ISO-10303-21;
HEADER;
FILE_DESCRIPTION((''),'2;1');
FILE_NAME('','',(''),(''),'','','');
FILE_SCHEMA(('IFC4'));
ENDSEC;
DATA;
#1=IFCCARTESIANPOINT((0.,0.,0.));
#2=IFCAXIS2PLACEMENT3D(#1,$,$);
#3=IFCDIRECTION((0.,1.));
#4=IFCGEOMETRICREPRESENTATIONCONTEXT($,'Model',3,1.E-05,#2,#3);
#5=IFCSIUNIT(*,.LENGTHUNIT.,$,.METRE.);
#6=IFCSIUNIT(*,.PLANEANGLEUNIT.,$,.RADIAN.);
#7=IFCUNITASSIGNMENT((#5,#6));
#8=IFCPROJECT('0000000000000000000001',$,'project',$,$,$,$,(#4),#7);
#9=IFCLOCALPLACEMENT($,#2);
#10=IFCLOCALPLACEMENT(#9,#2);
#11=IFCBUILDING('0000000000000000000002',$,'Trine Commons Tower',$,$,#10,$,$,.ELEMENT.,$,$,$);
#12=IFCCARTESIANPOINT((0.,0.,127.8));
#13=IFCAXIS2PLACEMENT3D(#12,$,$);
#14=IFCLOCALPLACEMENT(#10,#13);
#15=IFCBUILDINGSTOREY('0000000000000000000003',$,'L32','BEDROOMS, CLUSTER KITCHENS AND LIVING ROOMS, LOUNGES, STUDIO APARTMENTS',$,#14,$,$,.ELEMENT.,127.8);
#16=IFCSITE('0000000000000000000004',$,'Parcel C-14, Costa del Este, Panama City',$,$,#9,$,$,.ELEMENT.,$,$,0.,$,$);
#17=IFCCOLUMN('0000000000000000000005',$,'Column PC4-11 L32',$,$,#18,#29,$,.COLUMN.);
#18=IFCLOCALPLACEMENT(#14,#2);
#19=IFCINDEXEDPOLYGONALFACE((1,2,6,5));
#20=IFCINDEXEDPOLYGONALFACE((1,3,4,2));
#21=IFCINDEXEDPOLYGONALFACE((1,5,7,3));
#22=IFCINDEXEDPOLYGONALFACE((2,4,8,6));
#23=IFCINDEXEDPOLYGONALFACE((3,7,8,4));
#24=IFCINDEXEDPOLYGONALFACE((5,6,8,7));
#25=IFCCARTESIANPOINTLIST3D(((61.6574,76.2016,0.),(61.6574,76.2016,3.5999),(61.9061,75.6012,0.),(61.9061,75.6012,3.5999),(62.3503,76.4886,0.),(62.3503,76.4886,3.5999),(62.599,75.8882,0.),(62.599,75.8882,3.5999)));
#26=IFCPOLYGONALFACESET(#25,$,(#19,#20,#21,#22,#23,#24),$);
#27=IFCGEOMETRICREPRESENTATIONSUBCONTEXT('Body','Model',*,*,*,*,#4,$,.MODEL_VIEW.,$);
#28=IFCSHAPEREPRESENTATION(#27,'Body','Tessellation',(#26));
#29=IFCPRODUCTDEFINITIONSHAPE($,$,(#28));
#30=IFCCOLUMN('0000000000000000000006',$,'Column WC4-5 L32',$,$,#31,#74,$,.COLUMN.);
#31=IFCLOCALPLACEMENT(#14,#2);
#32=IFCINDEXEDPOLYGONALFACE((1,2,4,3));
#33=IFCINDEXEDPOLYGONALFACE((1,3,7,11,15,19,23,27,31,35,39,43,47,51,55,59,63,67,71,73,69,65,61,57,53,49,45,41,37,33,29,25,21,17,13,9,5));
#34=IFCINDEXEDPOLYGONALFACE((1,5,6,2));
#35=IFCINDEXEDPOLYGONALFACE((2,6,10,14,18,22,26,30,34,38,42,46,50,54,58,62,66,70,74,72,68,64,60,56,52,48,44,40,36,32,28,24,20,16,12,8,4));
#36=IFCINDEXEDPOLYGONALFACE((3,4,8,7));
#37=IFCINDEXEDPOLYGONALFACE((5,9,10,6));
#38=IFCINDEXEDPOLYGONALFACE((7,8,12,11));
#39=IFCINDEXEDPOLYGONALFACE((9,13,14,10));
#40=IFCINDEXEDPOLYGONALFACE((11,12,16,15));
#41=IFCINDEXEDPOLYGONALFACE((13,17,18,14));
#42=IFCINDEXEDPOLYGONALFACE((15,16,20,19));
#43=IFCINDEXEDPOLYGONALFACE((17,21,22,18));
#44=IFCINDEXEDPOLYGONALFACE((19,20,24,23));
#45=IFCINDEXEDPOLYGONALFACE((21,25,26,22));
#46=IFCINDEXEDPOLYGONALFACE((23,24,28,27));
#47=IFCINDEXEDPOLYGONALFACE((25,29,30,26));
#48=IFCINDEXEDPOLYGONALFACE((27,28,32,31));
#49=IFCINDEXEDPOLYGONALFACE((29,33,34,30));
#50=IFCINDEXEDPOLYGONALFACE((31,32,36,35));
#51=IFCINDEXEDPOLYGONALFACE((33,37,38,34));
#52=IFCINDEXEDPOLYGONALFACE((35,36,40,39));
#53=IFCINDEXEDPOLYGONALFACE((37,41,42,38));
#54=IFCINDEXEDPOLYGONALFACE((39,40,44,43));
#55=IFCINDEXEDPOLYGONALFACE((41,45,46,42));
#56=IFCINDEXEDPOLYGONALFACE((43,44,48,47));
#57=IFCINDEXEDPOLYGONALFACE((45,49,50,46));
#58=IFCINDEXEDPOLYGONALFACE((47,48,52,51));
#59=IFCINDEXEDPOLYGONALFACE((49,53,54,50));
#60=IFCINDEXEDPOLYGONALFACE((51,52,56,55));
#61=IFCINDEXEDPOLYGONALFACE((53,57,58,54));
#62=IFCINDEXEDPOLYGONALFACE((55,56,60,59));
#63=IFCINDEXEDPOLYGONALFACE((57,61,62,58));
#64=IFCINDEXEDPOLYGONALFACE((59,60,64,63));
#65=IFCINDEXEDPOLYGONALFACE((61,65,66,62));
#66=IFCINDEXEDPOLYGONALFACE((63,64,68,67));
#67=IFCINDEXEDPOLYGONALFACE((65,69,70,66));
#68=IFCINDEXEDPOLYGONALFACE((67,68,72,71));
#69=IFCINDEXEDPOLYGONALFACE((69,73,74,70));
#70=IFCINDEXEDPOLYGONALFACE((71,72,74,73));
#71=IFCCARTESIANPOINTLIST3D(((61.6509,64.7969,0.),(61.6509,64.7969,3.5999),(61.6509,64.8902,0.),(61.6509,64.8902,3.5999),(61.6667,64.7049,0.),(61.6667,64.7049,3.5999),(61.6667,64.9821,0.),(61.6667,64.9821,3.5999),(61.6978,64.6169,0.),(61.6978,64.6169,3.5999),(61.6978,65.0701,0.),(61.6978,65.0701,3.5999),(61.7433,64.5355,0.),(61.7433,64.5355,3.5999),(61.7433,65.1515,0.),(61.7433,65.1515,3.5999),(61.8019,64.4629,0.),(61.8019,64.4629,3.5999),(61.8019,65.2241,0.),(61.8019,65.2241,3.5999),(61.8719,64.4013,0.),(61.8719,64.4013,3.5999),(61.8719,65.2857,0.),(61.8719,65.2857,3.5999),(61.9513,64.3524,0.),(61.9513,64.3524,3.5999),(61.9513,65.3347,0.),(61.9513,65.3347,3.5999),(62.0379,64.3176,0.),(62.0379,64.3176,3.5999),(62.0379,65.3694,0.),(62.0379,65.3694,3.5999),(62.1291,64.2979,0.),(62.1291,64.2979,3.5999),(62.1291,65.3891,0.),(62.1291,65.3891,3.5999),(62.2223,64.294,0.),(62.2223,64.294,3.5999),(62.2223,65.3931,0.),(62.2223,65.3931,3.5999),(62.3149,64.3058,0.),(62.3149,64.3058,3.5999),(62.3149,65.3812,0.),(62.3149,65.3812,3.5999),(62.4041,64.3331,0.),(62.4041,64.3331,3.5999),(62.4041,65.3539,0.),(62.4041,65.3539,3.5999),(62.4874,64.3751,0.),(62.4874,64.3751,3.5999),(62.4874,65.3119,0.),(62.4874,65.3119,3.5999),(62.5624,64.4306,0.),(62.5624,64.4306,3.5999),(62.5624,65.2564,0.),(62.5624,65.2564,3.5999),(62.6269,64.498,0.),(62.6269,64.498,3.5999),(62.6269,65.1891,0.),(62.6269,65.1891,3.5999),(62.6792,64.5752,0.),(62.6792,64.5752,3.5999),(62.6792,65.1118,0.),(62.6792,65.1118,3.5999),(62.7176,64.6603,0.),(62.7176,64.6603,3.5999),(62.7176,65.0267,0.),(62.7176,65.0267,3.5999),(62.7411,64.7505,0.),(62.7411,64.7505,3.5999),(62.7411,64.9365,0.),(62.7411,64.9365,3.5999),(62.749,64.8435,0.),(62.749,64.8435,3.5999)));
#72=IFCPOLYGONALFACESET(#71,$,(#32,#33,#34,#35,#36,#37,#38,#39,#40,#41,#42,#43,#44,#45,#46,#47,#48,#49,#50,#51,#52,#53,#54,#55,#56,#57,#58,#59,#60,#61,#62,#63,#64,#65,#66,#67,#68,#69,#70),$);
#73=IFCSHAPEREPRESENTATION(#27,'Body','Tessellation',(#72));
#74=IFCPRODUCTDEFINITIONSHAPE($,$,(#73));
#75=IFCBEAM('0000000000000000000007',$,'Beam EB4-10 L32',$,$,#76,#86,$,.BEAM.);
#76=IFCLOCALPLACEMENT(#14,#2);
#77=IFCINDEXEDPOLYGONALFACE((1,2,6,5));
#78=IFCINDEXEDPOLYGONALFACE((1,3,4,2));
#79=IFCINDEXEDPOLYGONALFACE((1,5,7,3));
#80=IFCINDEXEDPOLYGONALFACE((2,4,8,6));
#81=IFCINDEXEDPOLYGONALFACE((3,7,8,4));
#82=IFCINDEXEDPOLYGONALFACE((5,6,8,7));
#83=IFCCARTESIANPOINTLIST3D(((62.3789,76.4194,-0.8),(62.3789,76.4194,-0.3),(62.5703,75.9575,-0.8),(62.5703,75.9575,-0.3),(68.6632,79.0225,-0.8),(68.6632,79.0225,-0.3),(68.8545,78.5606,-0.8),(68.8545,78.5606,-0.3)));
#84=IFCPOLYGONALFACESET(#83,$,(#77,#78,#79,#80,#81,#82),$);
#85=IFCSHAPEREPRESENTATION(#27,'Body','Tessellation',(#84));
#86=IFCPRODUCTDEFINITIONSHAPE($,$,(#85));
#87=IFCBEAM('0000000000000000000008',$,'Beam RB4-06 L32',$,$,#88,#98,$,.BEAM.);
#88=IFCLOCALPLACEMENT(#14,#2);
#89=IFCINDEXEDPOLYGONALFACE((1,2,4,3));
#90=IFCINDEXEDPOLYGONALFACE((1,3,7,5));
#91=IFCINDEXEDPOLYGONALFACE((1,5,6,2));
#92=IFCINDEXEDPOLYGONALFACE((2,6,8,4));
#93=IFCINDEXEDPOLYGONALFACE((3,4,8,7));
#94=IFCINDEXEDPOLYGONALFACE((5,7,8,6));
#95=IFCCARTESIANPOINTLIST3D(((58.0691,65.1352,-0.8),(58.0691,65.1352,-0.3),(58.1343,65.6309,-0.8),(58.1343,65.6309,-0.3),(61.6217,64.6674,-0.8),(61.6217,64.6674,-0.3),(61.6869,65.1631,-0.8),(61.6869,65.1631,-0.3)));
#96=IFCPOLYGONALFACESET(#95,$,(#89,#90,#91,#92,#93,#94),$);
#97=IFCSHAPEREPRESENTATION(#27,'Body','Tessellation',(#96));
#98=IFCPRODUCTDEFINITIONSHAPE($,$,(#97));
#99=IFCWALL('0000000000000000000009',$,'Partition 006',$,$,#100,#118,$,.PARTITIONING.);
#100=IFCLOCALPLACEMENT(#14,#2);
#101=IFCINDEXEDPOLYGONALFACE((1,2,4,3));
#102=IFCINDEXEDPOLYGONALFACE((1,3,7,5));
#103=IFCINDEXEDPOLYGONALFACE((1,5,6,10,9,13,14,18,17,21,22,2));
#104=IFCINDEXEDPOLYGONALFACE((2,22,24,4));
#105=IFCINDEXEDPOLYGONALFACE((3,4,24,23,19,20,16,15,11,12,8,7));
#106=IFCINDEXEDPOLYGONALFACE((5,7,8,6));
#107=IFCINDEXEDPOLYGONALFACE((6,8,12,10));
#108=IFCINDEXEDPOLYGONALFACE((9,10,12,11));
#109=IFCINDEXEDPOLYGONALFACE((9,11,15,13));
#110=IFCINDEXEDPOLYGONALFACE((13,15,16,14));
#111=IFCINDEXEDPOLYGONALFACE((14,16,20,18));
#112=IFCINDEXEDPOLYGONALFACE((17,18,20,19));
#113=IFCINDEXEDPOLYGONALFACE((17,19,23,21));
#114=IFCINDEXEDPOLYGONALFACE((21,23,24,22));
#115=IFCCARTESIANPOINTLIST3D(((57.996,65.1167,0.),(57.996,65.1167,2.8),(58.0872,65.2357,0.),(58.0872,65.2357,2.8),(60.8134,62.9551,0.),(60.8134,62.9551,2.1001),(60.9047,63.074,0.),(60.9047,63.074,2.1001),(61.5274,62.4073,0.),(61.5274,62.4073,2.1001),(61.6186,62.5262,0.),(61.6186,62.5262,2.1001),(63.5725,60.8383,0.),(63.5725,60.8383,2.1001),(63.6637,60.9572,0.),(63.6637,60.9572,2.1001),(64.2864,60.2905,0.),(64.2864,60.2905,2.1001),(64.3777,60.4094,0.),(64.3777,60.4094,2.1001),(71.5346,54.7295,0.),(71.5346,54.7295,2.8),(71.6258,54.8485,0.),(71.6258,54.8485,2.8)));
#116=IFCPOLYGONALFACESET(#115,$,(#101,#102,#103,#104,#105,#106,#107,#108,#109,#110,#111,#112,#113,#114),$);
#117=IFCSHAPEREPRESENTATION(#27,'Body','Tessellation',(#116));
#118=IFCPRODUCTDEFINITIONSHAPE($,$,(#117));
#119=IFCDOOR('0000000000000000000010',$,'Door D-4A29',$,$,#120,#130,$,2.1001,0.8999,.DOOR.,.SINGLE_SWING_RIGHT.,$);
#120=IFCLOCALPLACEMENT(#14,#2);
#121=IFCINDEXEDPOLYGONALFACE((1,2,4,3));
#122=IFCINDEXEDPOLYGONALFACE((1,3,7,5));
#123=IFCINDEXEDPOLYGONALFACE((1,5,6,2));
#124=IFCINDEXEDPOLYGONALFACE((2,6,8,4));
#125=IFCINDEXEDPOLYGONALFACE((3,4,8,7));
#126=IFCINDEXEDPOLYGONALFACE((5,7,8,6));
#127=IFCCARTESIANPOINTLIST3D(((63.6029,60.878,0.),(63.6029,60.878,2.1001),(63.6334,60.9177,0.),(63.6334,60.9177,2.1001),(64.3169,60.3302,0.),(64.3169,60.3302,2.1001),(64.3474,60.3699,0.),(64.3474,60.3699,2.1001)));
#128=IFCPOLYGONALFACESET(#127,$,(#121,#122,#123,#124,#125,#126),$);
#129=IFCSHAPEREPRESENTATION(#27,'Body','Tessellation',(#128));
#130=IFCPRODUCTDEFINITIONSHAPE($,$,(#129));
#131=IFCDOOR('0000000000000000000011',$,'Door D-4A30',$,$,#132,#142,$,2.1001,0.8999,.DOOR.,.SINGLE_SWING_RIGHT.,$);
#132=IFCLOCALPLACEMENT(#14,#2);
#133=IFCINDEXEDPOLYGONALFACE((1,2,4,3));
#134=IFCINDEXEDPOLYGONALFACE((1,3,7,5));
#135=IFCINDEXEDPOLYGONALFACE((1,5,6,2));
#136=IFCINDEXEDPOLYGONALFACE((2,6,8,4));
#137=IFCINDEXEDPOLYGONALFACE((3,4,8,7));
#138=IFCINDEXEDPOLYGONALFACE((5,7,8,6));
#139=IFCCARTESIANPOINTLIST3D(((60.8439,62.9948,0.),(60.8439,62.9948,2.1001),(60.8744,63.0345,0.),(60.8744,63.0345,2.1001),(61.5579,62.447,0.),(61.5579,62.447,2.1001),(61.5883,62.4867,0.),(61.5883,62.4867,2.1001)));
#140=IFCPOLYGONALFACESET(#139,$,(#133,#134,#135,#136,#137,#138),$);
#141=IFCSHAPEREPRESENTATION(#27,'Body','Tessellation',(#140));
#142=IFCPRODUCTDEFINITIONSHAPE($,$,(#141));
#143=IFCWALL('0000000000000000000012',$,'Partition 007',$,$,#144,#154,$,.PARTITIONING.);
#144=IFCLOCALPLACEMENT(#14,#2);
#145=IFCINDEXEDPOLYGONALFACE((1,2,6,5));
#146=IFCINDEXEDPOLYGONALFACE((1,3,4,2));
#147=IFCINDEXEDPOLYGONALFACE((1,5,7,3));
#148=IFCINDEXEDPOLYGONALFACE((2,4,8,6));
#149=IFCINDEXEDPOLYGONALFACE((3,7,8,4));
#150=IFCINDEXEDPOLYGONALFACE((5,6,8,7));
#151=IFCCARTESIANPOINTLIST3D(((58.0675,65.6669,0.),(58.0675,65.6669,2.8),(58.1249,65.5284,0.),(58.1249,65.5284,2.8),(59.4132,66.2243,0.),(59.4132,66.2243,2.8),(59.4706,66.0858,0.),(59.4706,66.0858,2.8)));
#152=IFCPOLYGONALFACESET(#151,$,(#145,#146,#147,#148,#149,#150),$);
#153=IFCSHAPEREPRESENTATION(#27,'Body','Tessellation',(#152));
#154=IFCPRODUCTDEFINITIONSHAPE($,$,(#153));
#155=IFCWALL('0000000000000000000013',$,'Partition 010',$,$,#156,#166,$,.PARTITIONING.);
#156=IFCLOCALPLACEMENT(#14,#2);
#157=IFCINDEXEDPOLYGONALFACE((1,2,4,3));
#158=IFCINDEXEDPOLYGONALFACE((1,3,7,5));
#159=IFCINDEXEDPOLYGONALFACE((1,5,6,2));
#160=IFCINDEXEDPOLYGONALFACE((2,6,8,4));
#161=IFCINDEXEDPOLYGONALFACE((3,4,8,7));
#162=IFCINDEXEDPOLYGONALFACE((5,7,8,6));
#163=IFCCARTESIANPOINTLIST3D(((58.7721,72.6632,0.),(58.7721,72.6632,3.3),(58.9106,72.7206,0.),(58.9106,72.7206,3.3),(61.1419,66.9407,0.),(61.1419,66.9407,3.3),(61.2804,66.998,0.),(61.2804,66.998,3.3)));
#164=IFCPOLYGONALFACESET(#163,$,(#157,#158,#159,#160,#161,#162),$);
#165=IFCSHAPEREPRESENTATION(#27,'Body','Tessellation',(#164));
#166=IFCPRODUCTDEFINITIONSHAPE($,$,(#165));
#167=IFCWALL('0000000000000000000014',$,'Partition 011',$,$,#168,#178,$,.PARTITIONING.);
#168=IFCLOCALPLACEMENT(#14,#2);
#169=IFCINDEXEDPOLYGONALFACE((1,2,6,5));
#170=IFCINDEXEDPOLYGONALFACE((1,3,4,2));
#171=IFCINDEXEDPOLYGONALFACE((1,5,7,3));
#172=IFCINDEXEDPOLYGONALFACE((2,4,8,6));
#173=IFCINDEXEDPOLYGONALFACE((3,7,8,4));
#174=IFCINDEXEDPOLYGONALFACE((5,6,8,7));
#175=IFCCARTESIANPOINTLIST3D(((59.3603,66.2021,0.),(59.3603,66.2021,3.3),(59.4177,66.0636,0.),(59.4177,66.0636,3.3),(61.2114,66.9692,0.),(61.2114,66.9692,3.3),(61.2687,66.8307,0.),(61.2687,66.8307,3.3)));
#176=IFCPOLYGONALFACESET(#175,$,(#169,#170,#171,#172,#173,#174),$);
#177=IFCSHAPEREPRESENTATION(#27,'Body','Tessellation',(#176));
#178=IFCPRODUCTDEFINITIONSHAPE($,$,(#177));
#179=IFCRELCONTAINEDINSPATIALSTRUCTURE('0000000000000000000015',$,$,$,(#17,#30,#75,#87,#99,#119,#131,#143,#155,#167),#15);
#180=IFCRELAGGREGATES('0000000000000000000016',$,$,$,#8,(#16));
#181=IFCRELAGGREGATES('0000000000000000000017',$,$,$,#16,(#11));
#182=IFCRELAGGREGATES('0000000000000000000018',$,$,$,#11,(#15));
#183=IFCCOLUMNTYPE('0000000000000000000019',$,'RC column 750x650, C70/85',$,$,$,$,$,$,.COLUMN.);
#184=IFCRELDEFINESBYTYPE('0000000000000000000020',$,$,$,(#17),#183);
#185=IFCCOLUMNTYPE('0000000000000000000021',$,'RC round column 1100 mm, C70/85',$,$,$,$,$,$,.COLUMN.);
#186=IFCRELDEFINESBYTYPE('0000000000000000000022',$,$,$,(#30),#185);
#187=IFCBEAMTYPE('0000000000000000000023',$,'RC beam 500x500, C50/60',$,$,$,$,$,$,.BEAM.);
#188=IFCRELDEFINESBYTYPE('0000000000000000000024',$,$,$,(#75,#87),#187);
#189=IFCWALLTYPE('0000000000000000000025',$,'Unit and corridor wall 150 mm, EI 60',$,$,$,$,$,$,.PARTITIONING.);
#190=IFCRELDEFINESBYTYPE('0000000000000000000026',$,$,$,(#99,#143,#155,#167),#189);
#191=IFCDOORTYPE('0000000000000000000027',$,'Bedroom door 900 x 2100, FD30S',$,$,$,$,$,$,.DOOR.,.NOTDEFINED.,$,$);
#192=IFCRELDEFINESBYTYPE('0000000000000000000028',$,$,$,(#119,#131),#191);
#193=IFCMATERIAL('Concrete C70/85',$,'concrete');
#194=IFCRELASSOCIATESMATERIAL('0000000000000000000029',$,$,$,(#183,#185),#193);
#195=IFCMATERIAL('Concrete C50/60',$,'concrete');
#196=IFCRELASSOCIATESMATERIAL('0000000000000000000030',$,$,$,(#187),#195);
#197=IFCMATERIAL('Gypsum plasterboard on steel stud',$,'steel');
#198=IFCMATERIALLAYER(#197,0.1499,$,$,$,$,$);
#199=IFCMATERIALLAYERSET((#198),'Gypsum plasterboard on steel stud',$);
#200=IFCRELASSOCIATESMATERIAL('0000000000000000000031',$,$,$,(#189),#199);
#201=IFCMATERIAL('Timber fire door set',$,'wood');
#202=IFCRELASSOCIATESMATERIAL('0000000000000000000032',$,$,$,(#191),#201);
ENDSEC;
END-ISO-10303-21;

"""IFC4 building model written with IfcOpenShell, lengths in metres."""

from ifc_helpers import new_model, si_unit, direction, frame, frame_2d, origin, origin_2d, place, context, subcontext, project, spatial, rectangle, circle, extrude, material, layer, layer_set, material_profile, profile_set, type_object, element, fill, save


model = new_model("IFC4")

# Units and contexts
model_context = context("Model", 3, precision=1e-05, world=origin(), true_north=direction((0.0, 1.0)))
body_context = subcontext(model_context, "Body", "Model", "MODEL_VIEW")
ifc_project = project(units=[si_unit("LENGTHUNIT", "METRE"), si_unit("PLANEANGLEUNIT", "RADIAN")], contexts=[model_context])

# Site, building, storey
site_placement = place(None, origin())
site = spatial("IfcSite", under=ifc_project, at=site_placement, Name="Parcel C-14, Costa del Este, Panama City", CompositionType="ELEMENT", RefElevation=0.0)
building_placement = place(site_placement, origin())
building = spatial("IfcBuilding", under=site, at=building_placement, Name="Trine Commons Tower", CompositionType="ELEMENT")
storey_placement = place(building_placement, frame((0.0, 0.0, 127.8)))
storey = spatial("IfcBuildingStorey", under=building, at=storey_placement, Name="L32", Description="BEDROOMS, CLUSTER KITCHENS AND LIVING ROOMS, LOUNGES, STUDIO APARTMENTS", CompositionType="ELEMENT", Elevation=127.8)

# Columns
ifc_material_1 = material(Name="Concrete C70/85", Category="concrete")
ifc_material_profile_1 = material_profile(ifc_material_1, rectangle(XDim=0.75, YDim=0.6499, at=origin_2d()), Name="RC 750x650")
ifc_profile_set_1 = profile_set([ifc_material_profile_1], Name="Concrete C70/85")
column_type_1 = type_object("IfcColumnType", Name="RC column 750x650, C70/85", PredefinedType="COLUMN", material=ifc_profile_set_1)
column_1_placement = place(storey_placement, frame((62.1282, 76.0449, 0.0), z_axis=(0.0, 0.0, 1.0), x_axis=(0.92388, 0.382683, 0.0)))
element("IfcColumn", 1, at=column_1_placement, inside=storey, type_object=column_type_1, Name="Column PC4-11 L32", PredefinedType="COLUMN", context=body_context, shape_type="SweptSolid", body=[
    extrude(rectangle(XDim=0.75, YDim=0.6499, at=origin_2d()), origin(), (0.0, 0.0, 1.0), 3.5999),
])
ifc_material_profile_2 = material_profile(ifc_material_1, circle(Radius=0.55, at=origin_2d()), Name="RC round 1100")
ifc_profile_set_2 = profile_set([ifc_material_profile_2], Name="Concrete C70/85")
column_type_2 = type_object("IfcColumnType", Name="RC round column 1100 mm, C70/85", PredefinedType="COLUMN", material=ifc_profile_set_2)
column_2_placement = place(storey_placement, frame((62.199, 64.8435, 0.0), z_axis=(0.0, 0.0, 1.0), x_axis=(1.0, 0.0, 0.0)))
element("IfcColumn", 2, at=column_2_placement, inside=storey, type_object=column_type_2, Name="Column WC4-5 L32", PredefinedType="COLUMN", context=body_context, shape_type="SweptSolid", body=[
    extrude(circle(Radius=0.55, at=origin_2d()), origin(), (0.0, 0.0, 1.0), 3.5999),
])

# Beams
ifc_material_2 = material(Name="Concrete C50/60", Category="concrete")
ifc_material_profile_3 = material_profile(ifc_material_2, rectangle(XDim=0.5, YDim=0.5, at=origin_2d()), Name="RC 500x500")
ifc_profile_set_3 = profile_set([ifc_material_profile_3], Name="Concrete C50/60")
beam_type = type_object("IfcBeamType", Name="RC beam 500x500, C50/60", PredefinedType="BEAM", material=ifc_profile_set_3)
beam_1_placement = place(storey_placement, frame((62.4746, 76.1885, -0.55), z_axis=(0.923878, 0.382688, 0.0), x_axis=(-0.382688, 0.923878, 0.0)))
element("IfcBeam", 3, at=beam_1_placement, inside=storey, type_object=beam_type, Name="Beam EB4-10 L32", PredefinedType="BEAM", context=body_context, shape_type="SweptSolid", body=[
    extrude(rectangle(XDim=0.5, YDim=0.5, at=origin_2d()), origin(), (0.0, 0.0, 1.0), 6.802),
])
beam_2_placement = place(storey_placement, frame((61.6543, 64.9153, -0.55), z_axis=(-0.991442, 0.130548, 0.0), x_axis=(-0.130548, -0.991442, 0.0)))
element("IfcBeam", 4, at=beam_2_placement, inside=storey, type_object=beam_type, Name="Beam RB4-06 L32", PredefinedType="BEAM", context=body_context, shape_type="SweptSolid", body=[
    extrude(rectangle(XDim=0.5, YDim=0.5, at=origin_2d()), origin(), (0.0, 0.0, 1.0), 3.5833),
])

# Wall, openings, doors
ifc_material_3 = material(Name="Gypsum plasterboard on steel stud", Category="steel")
ifc_layer_1 = layer(ifc_material_3, 0.1499)
ifc_layer_set_1 = layer_set([ifc_layer_1], Name="Gypsum plasterboard on steel stud")
wall_type_1 = type_object("IfcWallType", Name="Unit and corridor wall 150 mm, EI 60", PredefinedType="PARTITIONING", material=ifc_layer_set_1)
wall_1_placement = place(storey_placement, frame((58.0415, 65.1763, 0.0), z_axis=(0.0, 0.0, 1.0), x_axis=(0.79339, -0.608713, 0.0)))
wall_1 = element("IfcWall", 5, at=wall_1_placement, inside=storey, type_object=wall_type_1, Name="Partition 006", PredefinedType="PARTITIONING", context=body_context, shape_type="SweptSolid", body=[
    extrude(rectangle(XDim=17.0642, YDim=0.1499, at=frame_2d((8.5322, 0.0))), origin(), (0.0, 0.0, 1.0), 2.8),
])
opening_1_placement = place(wall_1_placement, frame((7.0288, 0.0, 0.0)))
opening_1 = element("IfcOpeningElement", 6, at=opening_1_placement, cuts=wall_1, PredefinedType="OPENING", context=body_context, shape_type="SweptSolid", body=[
    extrude(rectangle(XDim=0.8999, YDim=2.1001, at=frame_2d((0.45, 1.05))), frame((0.0, 0.085, 0.0), z_axis=(0.0, -1.0, 0.0), x_axis=(1.0, 0.0, 0.0)), (0.0, 0.0, 1.0), 0.1699),
])
opening_2_placement = place(wall_1_placement, frame((3.5513, 0.0, 0.0)))
opening_2 = element("IfcOpeningElement", 7, at=opening_2_placement, cuts=wall_1, PredefinedType="OPENING", context=body_context, shape_type="SweptSolid", body=[
    extrude(rectangle(XDim=0.8999, YDim=2.1001, at=frame_2d((0.45, 1.05))), frame((0.0, 0.085, 0.0), z_axis=(0.0, -1.0, 0.0), x_axis=(1.0, 0.0, 0.0)), (0.0, 0.0, 1.0), 0.1699),
])
ifc_material_4 = material(Name="Timber fire door set", Category="wood")
door_type_1 = type_object("IfcDoorType", Name="Bedroom door 900 x 2100, FD30S", OperationType="NOTDEFINED", PredefinedType="DOOR", material=ifc_material_4)
door_1_placement = place(opening_1_placement, frame((0.8999, 0.0, 0.0), z_axis=(0.0, 0.0, 1.0), x_axis=(-1.0, 0.0, 0.0)))
door_1 = element("IfcDoor", 8, at=door_1_placement, inside=storey, type_object=door_type_1, Name="Door D-4A29", OperationType="SINGLE_SWING_RIGHT", OverallHeight=2.1001, OverallWidth=0.8999, PredefinedType="DOOR", context=body_context, shape_type="SweptSolid", body=[
    extrude(rectangle(XDim=0.8999, YDim=2.1001, at=frame_2d((0.45, 1.05))), frame((0.0, 0.0249, 0.0), z_axis=(0.0, -1.0, 0.0), x_axis=(1.0, 0.0, 0.0)), (0.0, 0.0, 1.0), 0.05),
])
fill(opening_1, door_1)
door_2_placement = place(opening_2_placement, frame((0.8999, 0.0, 0.0), z_axis=(0.0, 0.0, 1.0), x_axis=(-1.0, 0.0, 0.0)))
door_2 = element("IfcDoor", 9, at=door_2_placement, inside=storey, type_object=door_type_1, Name="Door D-4A30", OperationType="SINGLE_SWING_RIGHT", OverallHeight=2.1001, OverallWidth=0.8999, PredefinedType="DOOR", context=body_context, shape_type="SweptSolid", body=[
    extrude(rectangle(XDim=0.8999, YDim=2.1001, at=frame_2d((0.45, 1.05))), frame((0.0, 0.0249, 0.0), z_axis=(0.0, -1.0, 0.0), x_axis=(1.0, 0.0, 0.0)), (0.0, 0.0, 1.0), 0.05),
])
fill(opening_2, door_2)

# Walls
wall_2_placement = place(storey_placement, frame((58.0962, 65.5977, 0.0), z_axis=(0.0, 0.0, 1.0), x_axis=(0.923888, 0.382663, 0.0)))
element("IfcWall", 10, at=wall_2_placement, inside=storey, type_object=wall_type_1, Name="Partition 007", PredefinedType="PARTITIONING", context=body_context, shape_type="SweptSolid", body=[
    extrude(rectangle(XDim=1.4565, YDim=0.1499, at=frame_2d((0.7283, 0.0))), origin(), (0.0, 0.0, 1.0), 2.8),
])
wall_3_placement = place(storey_placement, frame((58.8413, 72.6919, 0.0), z_axis=(0.0, 0.0, 1.0), x_axis=(0.382611, -0.92391, 0.0)))
element("IfcWall", 11, at=wall_3_placement, inside=storey, type_object=wall_type_1, Name="Partition 010", PredefinedType="PARTITIONING", context=body_context, shape_type="SweptSolid", body=[
    extrude(rectangle(XDim=6.1938, YDim=0.1499, at=frame_2d((3.0969, 0.0))), origin(), (0.0, 0.0, 1.0), 3.3),
])
wall_4_placement = place(storey_placement, frame((59.3889, 66.1328, 0.0), z_axis=(0.0, 0.0, 1.0), x_axis=(0.923818, 0.382832, 0.0)))
element("IfcWall", 12, at=wall_4_placement, inside=storey, type_object=wall_type_1, Name="Partition 011", PredefinedType="PARTITIONING", context=body_context, shape_type="SweptSolid", body=[
    extrude(rectangle(XDim=2.0037, YDim=0.1499, at=frame_2d((1.002, 0.0))), origin(), (0.0, 0.0, 1.0), 3.3),
])

save(model, "model.ifc")
